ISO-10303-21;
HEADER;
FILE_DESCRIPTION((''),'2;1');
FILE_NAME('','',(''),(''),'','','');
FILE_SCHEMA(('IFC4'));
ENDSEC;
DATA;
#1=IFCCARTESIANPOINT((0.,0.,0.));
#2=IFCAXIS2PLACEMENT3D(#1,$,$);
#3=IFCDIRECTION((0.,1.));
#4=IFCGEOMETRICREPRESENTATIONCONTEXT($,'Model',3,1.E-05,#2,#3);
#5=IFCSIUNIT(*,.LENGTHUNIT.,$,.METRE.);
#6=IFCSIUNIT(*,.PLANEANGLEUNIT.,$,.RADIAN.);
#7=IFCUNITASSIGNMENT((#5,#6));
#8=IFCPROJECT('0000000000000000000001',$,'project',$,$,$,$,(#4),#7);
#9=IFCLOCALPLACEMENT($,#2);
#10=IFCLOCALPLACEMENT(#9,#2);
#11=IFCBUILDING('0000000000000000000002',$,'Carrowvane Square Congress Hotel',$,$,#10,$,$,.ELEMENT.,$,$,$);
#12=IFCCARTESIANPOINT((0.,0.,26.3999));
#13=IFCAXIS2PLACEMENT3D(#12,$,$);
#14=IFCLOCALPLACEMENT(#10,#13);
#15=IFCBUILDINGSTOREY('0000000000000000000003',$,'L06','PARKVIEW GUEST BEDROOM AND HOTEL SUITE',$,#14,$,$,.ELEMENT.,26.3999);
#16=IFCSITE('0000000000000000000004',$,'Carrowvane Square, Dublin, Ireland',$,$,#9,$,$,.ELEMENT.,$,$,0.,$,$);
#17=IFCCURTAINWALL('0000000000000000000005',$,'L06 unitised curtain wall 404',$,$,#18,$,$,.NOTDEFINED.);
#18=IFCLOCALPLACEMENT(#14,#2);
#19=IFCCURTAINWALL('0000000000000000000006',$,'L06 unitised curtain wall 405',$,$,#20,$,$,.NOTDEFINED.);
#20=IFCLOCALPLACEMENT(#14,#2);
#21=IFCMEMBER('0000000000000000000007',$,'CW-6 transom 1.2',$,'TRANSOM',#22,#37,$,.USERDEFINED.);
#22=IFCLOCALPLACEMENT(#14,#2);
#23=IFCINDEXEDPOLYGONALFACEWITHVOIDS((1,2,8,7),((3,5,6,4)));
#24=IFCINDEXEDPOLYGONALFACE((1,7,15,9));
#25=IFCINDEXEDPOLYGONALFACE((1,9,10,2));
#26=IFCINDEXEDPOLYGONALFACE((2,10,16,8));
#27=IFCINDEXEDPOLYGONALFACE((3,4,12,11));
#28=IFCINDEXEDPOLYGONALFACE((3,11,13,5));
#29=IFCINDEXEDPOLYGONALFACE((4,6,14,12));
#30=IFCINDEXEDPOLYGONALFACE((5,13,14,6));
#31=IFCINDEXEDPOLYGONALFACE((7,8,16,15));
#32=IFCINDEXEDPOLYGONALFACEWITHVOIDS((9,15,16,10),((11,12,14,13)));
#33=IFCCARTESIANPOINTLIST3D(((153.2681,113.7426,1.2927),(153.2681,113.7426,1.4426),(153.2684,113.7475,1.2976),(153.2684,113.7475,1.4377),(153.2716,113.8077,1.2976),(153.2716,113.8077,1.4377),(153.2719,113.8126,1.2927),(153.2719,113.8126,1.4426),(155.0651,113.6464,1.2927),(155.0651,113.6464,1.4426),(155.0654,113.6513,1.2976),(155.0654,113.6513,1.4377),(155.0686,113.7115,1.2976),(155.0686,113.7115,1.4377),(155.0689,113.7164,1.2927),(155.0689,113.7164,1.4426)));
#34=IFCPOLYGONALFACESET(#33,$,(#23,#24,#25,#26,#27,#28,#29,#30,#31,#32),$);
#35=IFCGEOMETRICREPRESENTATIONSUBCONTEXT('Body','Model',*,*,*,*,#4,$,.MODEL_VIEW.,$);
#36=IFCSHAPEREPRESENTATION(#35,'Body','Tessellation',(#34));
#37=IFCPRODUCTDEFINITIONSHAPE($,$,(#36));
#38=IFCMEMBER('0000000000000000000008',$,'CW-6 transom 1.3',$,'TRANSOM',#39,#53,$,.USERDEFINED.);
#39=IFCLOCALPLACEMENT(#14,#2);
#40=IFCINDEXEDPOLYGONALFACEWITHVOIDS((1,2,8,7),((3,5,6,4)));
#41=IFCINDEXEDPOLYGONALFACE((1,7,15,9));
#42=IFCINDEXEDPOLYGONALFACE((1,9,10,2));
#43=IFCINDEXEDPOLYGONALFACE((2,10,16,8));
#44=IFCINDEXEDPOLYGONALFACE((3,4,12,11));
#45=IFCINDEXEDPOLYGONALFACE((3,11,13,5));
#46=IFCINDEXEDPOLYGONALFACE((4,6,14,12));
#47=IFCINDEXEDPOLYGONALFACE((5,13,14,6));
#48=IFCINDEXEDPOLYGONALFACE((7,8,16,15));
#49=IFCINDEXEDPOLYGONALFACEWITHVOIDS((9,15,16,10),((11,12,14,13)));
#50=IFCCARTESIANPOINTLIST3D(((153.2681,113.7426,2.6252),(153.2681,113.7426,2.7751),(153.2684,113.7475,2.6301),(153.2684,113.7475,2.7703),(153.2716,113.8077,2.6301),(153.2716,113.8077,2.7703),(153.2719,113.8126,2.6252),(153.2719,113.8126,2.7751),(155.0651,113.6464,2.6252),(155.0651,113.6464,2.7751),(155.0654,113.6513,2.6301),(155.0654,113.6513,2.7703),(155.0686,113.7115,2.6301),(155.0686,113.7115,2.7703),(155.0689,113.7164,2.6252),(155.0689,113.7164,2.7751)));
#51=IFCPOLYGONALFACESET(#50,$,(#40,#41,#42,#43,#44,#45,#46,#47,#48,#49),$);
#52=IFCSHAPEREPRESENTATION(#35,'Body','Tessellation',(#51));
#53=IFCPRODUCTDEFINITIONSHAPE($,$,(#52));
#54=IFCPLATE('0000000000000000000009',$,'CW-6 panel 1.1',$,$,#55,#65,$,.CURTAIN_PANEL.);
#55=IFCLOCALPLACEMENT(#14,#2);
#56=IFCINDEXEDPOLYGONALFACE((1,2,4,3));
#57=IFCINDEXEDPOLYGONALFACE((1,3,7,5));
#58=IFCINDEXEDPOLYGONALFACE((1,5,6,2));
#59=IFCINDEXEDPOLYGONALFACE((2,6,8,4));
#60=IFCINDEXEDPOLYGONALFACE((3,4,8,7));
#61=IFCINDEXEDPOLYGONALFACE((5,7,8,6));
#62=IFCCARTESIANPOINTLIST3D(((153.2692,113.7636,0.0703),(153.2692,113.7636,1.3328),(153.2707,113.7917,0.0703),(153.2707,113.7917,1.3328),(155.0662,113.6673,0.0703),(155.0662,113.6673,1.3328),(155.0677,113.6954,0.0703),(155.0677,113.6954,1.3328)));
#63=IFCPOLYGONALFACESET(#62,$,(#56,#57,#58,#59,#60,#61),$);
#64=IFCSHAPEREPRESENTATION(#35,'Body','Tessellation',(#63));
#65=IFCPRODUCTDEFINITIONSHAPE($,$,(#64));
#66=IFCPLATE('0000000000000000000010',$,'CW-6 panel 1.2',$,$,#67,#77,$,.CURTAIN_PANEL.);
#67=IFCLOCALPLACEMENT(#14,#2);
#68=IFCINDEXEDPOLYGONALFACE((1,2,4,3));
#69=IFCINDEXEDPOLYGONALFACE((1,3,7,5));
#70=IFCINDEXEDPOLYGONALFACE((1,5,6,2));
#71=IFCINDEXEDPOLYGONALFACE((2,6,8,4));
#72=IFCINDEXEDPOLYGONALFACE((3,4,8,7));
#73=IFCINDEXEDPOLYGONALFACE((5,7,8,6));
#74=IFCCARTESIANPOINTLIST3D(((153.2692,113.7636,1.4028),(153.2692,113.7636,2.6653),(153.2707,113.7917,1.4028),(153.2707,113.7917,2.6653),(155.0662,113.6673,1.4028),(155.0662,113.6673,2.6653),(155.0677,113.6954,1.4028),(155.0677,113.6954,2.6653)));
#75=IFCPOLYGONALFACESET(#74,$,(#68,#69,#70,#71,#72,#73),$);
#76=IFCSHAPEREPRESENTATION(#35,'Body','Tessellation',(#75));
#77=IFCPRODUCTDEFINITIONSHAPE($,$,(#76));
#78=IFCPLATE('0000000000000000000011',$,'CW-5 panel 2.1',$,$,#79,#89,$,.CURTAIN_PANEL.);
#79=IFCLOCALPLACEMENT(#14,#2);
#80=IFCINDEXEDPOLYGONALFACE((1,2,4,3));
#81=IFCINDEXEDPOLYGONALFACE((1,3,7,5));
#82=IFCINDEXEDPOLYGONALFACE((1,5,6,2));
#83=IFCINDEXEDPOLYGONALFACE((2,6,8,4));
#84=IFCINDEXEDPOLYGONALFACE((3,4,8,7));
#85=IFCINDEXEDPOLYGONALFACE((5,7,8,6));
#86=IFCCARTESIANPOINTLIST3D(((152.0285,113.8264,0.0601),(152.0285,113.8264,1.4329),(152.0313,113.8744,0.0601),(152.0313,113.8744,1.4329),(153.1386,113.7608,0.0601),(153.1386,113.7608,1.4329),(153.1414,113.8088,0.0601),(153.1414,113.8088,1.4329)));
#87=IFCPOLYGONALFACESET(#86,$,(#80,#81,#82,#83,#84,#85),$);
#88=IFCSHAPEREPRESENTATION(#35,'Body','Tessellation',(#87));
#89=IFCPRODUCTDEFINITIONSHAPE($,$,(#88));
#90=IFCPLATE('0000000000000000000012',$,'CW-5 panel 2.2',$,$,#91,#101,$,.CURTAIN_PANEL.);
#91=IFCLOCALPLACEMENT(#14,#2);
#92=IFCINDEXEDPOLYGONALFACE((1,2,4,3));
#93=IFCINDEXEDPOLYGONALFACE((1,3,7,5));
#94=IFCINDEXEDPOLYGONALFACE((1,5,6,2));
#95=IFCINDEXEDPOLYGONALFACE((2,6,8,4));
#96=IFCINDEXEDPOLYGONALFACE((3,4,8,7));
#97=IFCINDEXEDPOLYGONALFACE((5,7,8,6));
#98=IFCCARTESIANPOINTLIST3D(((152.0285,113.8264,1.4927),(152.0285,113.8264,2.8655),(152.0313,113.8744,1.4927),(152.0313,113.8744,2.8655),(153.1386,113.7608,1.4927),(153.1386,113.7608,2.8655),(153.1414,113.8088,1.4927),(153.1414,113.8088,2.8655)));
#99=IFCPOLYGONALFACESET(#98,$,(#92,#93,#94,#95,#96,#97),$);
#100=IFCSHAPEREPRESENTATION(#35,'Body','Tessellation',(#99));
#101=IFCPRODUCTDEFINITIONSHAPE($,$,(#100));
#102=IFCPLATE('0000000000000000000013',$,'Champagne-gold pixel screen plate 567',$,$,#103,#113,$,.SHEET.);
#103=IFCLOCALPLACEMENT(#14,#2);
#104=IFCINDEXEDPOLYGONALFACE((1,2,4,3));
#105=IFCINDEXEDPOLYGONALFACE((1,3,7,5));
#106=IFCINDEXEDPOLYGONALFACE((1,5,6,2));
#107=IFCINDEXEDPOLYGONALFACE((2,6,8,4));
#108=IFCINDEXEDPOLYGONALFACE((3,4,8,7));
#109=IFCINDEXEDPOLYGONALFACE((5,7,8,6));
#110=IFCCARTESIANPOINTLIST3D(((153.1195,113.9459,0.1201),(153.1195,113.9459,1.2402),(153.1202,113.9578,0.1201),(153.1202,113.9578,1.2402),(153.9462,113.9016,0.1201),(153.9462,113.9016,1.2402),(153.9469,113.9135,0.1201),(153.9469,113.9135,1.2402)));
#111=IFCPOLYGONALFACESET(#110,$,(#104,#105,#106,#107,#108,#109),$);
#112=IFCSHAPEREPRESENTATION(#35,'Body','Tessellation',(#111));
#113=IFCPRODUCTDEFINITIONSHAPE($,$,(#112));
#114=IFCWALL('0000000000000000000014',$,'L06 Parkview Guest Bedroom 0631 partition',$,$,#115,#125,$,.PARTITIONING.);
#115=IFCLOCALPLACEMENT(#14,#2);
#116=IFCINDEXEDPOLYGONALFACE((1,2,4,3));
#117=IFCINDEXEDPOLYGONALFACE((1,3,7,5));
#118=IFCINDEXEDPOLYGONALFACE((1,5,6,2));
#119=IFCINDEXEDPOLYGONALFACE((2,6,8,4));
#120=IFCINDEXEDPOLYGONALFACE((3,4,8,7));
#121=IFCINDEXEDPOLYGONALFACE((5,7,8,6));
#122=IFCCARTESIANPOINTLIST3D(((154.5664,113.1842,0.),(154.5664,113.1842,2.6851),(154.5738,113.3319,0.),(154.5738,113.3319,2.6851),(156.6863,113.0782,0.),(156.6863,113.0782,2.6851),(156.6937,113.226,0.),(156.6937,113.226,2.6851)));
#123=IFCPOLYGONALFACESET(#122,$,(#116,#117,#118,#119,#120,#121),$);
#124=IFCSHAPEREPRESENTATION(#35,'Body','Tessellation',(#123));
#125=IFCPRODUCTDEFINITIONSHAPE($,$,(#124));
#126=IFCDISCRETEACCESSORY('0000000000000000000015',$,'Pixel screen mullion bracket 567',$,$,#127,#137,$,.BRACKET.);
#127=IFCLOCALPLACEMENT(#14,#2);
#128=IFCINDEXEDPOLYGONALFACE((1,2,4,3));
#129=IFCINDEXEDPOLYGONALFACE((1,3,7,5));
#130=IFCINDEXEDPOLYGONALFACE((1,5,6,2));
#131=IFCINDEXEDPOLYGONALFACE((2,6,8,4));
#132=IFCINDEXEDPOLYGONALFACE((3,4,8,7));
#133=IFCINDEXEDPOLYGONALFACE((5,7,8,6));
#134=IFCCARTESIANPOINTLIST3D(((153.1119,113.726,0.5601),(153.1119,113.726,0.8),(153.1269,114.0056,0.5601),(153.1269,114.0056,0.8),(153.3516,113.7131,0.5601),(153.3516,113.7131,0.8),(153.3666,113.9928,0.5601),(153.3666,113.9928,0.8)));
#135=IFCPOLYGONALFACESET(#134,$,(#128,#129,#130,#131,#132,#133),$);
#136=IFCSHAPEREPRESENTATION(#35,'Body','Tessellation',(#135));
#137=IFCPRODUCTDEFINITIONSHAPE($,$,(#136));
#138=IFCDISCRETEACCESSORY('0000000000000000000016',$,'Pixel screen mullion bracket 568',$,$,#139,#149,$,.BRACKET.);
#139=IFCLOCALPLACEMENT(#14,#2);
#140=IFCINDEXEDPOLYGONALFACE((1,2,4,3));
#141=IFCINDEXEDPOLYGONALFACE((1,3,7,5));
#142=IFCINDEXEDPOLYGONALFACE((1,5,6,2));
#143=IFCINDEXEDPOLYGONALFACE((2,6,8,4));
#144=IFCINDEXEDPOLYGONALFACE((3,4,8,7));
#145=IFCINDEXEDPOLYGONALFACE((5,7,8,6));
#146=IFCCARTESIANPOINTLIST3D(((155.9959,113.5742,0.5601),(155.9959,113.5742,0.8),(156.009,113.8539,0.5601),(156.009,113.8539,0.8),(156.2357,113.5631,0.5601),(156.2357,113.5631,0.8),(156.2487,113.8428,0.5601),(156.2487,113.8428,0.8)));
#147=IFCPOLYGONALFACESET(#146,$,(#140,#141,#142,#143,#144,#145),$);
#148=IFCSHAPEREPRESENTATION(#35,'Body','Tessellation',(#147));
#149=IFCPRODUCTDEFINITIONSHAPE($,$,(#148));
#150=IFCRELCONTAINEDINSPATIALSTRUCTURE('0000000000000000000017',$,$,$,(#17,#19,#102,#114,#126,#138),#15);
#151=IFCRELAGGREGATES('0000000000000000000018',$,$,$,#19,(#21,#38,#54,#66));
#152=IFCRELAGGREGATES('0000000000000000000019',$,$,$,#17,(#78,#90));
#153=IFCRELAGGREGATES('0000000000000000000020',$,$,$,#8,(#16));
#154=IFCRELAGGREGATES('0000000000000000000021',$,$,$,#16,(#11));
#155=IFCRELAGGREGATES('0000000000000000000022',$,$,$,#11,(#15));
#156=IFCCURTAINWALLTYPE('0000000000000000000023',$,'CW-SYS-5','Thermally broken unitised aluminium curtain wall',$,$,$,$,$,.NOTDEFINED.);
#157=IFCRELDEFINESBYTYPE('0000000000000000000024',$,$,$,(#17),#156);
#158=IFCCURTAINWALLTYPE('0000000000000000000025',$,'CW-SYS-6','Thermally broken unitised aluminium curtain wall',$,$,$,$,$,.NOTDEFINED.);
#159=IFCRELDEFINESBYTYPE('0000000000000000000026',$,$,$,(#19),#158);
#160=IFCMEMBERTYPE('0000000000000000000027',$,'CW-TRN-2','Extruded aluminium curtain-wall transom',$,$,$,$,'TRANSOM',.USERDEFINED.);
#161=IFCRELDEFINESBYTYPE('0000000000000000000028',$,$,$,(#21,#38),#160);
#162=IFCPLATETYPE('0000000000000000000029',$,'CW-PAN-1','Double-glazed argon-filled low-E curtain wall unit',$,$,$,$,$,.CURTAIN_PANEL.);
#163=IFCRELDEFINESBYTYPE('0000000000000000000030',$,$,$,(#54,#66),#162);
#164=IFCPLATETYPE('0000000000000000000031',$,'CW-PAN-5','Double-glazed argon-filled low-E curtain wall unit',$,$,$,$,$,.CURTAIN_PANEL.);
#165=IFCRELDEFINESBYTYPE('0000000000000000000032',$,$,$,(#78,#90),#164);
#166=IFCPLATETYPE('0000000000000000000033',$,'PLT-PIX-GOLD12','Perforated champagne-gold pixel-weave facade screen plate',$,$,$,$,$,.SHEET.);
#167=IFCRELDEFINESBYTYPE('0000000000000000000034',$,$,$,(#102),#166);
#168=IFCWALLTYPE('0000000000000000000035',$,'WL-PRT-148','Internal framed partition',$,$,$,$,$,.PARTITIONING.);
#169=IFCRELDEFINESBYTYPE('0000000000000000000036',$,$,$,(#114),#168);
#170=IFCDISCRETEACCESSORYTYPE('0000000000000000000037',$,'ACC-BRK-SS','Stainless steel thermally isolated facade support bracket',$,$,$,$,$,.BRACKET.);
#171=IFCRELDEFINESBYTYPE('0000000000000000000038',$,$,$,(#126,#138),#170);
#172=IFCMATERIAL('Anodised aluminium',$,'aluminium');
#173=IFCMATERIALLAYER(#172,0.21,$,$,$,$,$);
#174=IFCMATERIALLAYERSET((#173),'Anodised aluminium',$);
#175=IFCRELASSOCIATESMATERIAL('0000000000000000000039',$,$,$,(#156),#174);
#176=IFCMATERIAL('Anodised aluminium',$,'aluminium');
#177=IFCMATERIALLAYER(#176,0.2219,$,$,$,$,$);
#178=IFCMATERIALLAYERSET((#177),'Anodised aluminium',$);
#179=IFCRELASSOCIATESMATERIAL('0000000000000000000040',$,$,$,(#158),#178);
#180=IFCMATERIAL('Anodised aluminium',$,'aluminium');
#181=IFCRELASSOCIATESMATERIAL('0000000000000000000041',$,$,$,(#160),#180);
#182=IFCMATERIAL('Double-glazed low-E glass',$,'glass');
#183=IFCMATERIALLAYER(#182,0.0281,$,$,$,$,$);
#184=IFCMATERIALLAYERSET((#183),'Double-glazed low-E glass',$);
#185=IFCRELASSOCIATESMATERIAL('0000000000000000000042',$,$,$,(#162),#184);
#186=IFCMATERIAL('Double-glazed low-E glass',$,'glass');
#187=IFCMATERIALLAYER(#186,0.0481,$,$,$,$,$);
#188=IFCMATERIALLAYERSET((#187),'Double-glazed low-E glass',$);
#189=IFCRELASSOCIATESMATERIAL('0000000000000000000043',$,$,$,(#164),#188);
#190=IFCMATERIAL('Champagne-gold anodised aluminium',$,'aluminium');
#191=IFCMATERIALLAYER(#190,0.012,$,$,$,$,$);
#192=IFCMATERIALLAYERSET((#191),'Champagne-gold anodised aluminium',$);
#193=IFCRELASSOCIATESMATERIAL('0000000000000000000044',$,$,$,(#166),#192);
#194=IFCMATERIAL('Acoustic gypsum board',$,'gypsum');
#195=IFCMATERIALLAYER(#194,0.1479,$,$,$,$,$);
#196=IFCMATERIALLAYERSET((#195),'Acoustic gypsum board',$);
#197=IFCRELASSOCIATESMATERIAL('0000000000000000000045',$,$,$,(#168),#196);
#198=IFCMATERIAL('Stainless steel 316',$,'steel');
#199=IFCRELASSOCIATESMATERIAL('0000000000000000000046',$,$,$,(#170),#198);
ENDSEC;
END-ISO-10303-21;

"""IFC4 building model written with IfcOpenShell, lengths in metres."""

from ifc_helpers import new_model, si_unit, direction, frame, frame_2d, origin, origin_2d, place, context, subcontext, project, spatial, rectangle, hollow_rectangle, extrude, material, layer, layer_set, material_profile, profile_set, type_object, element, aggregate, save


model = new_model("IFC4")

# Units and contexts
model_context = context("Model", 3, precision=1e-05, world=origin(), true_north=direction((0.0, 1.0)))
body_context = subcontext(model_context, "Body", "Model", "MODEL_VIEW")
ifc_project = project(units=[si_unit("LENGTHUNIT", "METRE"), si_unit("PLANEANGLEUNIT", "RADIAN")], contexts=[model_context])

# Site, building, storey
site_placement = place(None, origin())
site = spatial("IfcSite", under=ifc_project, at=site_placement, Name="Carrowvane Square, Dublin, Ireland", CompositionType="ELEMENT", RefElevation=0.0)
building_placement = place(site_placement, origin())
building = spatial("IfcBuilding", under=site, at=building_placement, Name="Carrowvane Square Congress Hotel", CompositionType="ELEMENT")
storey_placement = place(building_placement, frame((0.0, 0.0, 26.3999)))
storey = spatial("IfcBuildingStorey", under=building, at=storey_placement, Name="L06", Description="PARKVIEW GUEST BEDROOM AND HOTEL SUITE", CompositionType="ELEMENT", Elevation=26.3999)

# Curtain wall
ifc_material_1 = material(Name="Anodised aluminium", Category="aluminium")
ifc_layer_1 = layer(ifc_material_1, 0.21)
ifc_layer_set_1 = layer_set([ifc_layer_1], Name="Anodised aluminium")
curtain_wall_type_1 = type_object("IfcCurtainWallType", Name="CW-SYS-5", Description="Thermally broken unitised aluminium curtain wall", PredefinedType="NOTDEFINED", material=ifc_layer_set_1)
curtain_wall_1_placement = place(storey_placement, origin())
curtain_wall_1 = element("IfcCurtainWall", 1, at=curtain_wall_1_placement, inside=storey, type_object=curtain_wall_type_1, Name="L06 unitised curtain wall 404", PredefinedType="NOTDEFINED")

# Curtain wall
ifc_material_2 = material(Name="Anodised aluminium", Category="aluminium")
ifc_layer_2 = layer(ifc_material_2, 0.2219)
ifc_layer_set_2 = layer_set([ifc_layer_2], Name="Anodised aluminium")
curtain_wall_type_2 = type_object("IfcCurtainWallType", Name="CW-SYS-6", Description="Thermally broken unitised aluminium curtain wall", PredefinedType="NOTDEFINED", material=ifc_layer_set_2)
curtain_wall_2_placement = place(storey_placement, origin())
curtain_wall_2 = element("IfcCurtainWall", 2, at=curtain_wall_2_placement, inside=storey, type_object=curtain_wall_type_2, Name="L06 unitised curtain wall 405", PredefinedType="NOTDEFINED")

# Members
ifc_material_3 = material(Name="Anodised aluminium", Category="aluminium")
ifc_material_profile_1 = material_profile(ifc_material_3, hollow_rectangle(XDim=0.0701, YDim=0.1499, WallThickness=0.0049, at=origin_2d()), Name="CW-TR 70x150x5")
ifc_profile_set_1 = profile_set([ifc_material_profile_1], Name="Anodised aluminium")
member_type_1 = type_object("IfcMemberType", Name="CW-TRN-2", Description="Extruded aluminium curtain-wall transom", ElementType="TRANSOM", PredefinedType="USERDEFINED", material=ifc_profile_set_1)
member_1_placement = place(storey_placement, frame((153.27, 113.7776, 1.3677), z_axis=(0.99857, -0.053456, 0.0), x_axis=(0.053456, 0.99857, 0.0)))
member_1 = element("IfcMember", 3, at=member_1_placement, type_object=member_type_1, Name="CW-6 transom 1.2", ObjectType="TRANSOM", PredefinedType="USERDEFINED", context=body_context, shape_type="SweptSolid", body=[
    extrude(hollow_rectangle(XDim=0.0701, YDim=0.1499, WallThickness=0.0049, at=origin_2d()), origin(), (0.0, 0.0, 1.0), 1.7996),
])
member_2_placement = place(storey_placement, frame((153.27, 113.7776, 2.7002), z_axis=(0.99857, -0.053456, 0.0), x_axis=(0.053456, 0.99857, 0.0)))
member_2 = element("IfcMember", 4, at=member_2_placement, type_object=member_type_1, Name="CW-6 transom 1.3", ObjectType="TRANSOM", PredefinedType="USERDEFINED", context=body_context, shape_type="SweptSolid", body=[
    extrude(hollow_rectangle(XDim=0.0701, YDim=0.1499, WallThickness=0.0049, at=origin_2d()), origin(), (0.0, 0.0, 1.0), 1.7996),
])

# Plates
ifc_material_4 = material(Name="Double-glazed low-E glass", Category="glass")
ifc_layer_3 = layer(ifc_material_4, 0.0281)
ifc_layer_set_3 = layer_set([ifc_layer_3], Name="Double-glazed low-E glass")
plate_type_1 = type_object("IfcPlateType", Name="CW-PAN-1", Description="Double-glazed argon-filled low-E curtain wall unit", PredefinedType="CURTAIN_PANEL", material=ifc_layer_set_3)
plate_1_placement = place(storey_placement, frame((154.1685, 113.7295, 0.0703), z_axis=(0.0, 0.0, 1.0), x_axis=(0.998567, -0.053516, 0.0)))
plate_1 = element("IfcPlate", 5, at=plate_1_placement, type_object=plate_type_1, Name="CW-6 panel 1.1", PredefinedType="CURTAIN_PANEL", context=body_context, shape_type="SweptSolid", body=[
    extrude(rectangle(XDim=1.7996, YDim=0.0281, at=origin_2d()), origin(), (0.0, 0.0, 1.0), 1.2625),
])
plate_2_placement = place(storey_placement, frame((154.1685, 113.7295, 1.4028), z_axis=(0.0, 0.0, 1.0), x_axis=(0.998567, -0.053516, 0.0)))
plate_2 = element("IfcPlate", 6, at=plate_2_placement, type_object=plate_type_1, Name="CW-6 panel 1.2", PredefinedType="CURTAIN_PANEL", context=body_context, shape_type="SweptSolid", body=[
    extrude(rectangle(XDim=1.7996, YDim=0.0281, at=origin_2d()), origin(), (0.0, 0.0, 1.0), 1.2625),
])
aggregate(curtain_wall_2, [member_1, member_2, plate_1, plate_2])
ifc_material_5 = material(Name="Double-glazed low-E glass", Category="glass")
ifc_layer_4 = layer(ifc_material_5, 0.0481)
ifc_layer_set_4 = layer_set([ifc_layer_4], Name="Double-glazed low-E glass")
plate_type_2 = type_object("IfcPlateType", Name="CW-PAN-5", Description="Double-glazed argon-filled low-E curtain wall unit", PredefinedType="CURTAIN_PANEL", material=ifc_layer_set_4)
plate_3_placement = place(storey_placement, frame((152.585, 113.8176, 0.0601), z_axis=(0.0, 0.0, 1.0), x_axis=(0.998259, -0.058989, 0.0)))
plate_3 = element("IfcPlate", 7, at=plate_3_placement, type_object=plate_type_2, Name="CW-5 panel 2.1", PredefinedType="CURTAIN_PANEL", context=body_context, shape_type="SweptSolid", body=[
    extrude(rectangle(XDim=1.1121, YDim=0.0481, at=origin_2d()), origin(), (0.0, 0.0, 1.0), 1.3728),
])
plate_4_placement = place(storey_placement, frame((152.585, 113.8176, 1.4927), z_axis=(0.0, 0.0, 1.0), x_axis=(0.998259, -0.058989, 0.0)))
plate_4 = element("IfcPlate", 8, at=plate_4_placement, type_object=plate_type_2, Name="CW-5 panel 2.2", PredefinedType="CURTAIN_PANEL", context=body_context, shape_type="SweptSolid", body=[
    extrude(rectangle(XDim=1.1121, YDim=0.0481, at=origin_2d()), origin(), (0.0, 0.0, 1.0), 1.3728),
])
aggregate(curtain_wall_1, [plate_3, plate_4])
ifc_material_6 = material(Name="Champagne-gold anodised aluminium", Category="aluminium")
ifc_layer_5 = layer(ifc_material_6, 0.012)
ifc_layer_set_5 = layer_set([ifc_layer_5], Name="Champagne-gold anodised aluminium")
plate_type_3 = type_object("IfcPlateType", Name="PLT-PIX-GOLD12", Description="Perforated champagne-gold pixel-weave facade screen plate", PredefinedType="SHEET", material=ifc_layer_set_5)
plate_5_placement = place(storey_placement, frame((153.5332, 113.9297, 0.1201), z_axis=(0.0, 0.0, 1.0), x_axis=(0.998567, -0.053517, 0.0)))
element("IfcPlate", 9, at=plate_5_placement, inside=storey, type_object=plate_type_3, Name="Champagne-gold pixel screen plate 567", PredefinedType="SHEET", context=body_context, shape_type="SweptSolid", body=[
    extrude(rectangle(XDim=0.8279, YDim=0.012, at=origin_2d()), origin(), (0.0, 0.0, 1.0), 1.1201),
])

# Wall
ifc_material_7 = material(Name="Acoustic gypsum board", Category="gypsum")
ifc_layer_6 = layer(ifc_material_7, 0.1479)
ifc_layer_set_6 = layer_set([ifc_layer_6], Name="Acoustic gypsum board")
wall_type = type_object("IfcWallType", Name="WL-PRT-148", Description="Internal framed partition", PredefinedType="PARTITIONING", material=ifc_layer_set_6)
wall_placement = place(storey_placement, frame((154.5701, 113.2581, 0.0), z_axis=(0.0, 0.0, 1.0), x_axis=(0.998753, -0.04992, 0.0)))
element("IfcWall", 10, at=wall_placement, inside=storey, type_object=wall_type, Name="L06 Parkview Guest Bedroom 0631 partition", PredefinedType="PARTITIONING", context=body_context, shape_type="SweptSolid", body=[
    extrude(rectangle(XDim=2.1226, YDim=0.1479, at=frame_2d((1.0613, 0.0))), origin(), (0.0, 0.0, 1.0), 2.6851),
])

# Discrete accessories
ifc_material_8 = material(Name="Stainless steel 316", Category="steel")
discrete_accessory_type = type_object("IfcDiscreteAccessoryType", Name="ACC-BRK-SS", Description="Stainless steel thermally isolated facade support bracket", PredefinedType="BRACKET", material=ifc_material_8)
for number, where, z_axis, x_axis, name in (
    (11, (153.2393, 113.8594, 0.5601), (0.0, 0.0, 1.0), (0.998567, -0.053517, 0.0), "Pixel screen mullion bracket 567"),
    (12, (156.1223, 113.7085, 0.5601), (0.0, 0.0, 1.0), (0.998917, -0.046521, 0.0), "Pixel screen mullion bracket 568"),
):
    element("IfcDiscreteAccessory", number, at=place(storey_placement, frame(where, z_axis=z_axis, x_axis=x_axis)), inside=storey, type_object=discrete_accessory_type, Name=name, PredefinedType="BRACKET", context=body_context, shape_type="SweptSolid", body=[
        extrude(rectangle(XDim=0.24, YDim=0.28, at=origin_2d()), origin(), (0.0, 0.0, 1.0), 0.24),
    ])

save(model, "model.ifc")
